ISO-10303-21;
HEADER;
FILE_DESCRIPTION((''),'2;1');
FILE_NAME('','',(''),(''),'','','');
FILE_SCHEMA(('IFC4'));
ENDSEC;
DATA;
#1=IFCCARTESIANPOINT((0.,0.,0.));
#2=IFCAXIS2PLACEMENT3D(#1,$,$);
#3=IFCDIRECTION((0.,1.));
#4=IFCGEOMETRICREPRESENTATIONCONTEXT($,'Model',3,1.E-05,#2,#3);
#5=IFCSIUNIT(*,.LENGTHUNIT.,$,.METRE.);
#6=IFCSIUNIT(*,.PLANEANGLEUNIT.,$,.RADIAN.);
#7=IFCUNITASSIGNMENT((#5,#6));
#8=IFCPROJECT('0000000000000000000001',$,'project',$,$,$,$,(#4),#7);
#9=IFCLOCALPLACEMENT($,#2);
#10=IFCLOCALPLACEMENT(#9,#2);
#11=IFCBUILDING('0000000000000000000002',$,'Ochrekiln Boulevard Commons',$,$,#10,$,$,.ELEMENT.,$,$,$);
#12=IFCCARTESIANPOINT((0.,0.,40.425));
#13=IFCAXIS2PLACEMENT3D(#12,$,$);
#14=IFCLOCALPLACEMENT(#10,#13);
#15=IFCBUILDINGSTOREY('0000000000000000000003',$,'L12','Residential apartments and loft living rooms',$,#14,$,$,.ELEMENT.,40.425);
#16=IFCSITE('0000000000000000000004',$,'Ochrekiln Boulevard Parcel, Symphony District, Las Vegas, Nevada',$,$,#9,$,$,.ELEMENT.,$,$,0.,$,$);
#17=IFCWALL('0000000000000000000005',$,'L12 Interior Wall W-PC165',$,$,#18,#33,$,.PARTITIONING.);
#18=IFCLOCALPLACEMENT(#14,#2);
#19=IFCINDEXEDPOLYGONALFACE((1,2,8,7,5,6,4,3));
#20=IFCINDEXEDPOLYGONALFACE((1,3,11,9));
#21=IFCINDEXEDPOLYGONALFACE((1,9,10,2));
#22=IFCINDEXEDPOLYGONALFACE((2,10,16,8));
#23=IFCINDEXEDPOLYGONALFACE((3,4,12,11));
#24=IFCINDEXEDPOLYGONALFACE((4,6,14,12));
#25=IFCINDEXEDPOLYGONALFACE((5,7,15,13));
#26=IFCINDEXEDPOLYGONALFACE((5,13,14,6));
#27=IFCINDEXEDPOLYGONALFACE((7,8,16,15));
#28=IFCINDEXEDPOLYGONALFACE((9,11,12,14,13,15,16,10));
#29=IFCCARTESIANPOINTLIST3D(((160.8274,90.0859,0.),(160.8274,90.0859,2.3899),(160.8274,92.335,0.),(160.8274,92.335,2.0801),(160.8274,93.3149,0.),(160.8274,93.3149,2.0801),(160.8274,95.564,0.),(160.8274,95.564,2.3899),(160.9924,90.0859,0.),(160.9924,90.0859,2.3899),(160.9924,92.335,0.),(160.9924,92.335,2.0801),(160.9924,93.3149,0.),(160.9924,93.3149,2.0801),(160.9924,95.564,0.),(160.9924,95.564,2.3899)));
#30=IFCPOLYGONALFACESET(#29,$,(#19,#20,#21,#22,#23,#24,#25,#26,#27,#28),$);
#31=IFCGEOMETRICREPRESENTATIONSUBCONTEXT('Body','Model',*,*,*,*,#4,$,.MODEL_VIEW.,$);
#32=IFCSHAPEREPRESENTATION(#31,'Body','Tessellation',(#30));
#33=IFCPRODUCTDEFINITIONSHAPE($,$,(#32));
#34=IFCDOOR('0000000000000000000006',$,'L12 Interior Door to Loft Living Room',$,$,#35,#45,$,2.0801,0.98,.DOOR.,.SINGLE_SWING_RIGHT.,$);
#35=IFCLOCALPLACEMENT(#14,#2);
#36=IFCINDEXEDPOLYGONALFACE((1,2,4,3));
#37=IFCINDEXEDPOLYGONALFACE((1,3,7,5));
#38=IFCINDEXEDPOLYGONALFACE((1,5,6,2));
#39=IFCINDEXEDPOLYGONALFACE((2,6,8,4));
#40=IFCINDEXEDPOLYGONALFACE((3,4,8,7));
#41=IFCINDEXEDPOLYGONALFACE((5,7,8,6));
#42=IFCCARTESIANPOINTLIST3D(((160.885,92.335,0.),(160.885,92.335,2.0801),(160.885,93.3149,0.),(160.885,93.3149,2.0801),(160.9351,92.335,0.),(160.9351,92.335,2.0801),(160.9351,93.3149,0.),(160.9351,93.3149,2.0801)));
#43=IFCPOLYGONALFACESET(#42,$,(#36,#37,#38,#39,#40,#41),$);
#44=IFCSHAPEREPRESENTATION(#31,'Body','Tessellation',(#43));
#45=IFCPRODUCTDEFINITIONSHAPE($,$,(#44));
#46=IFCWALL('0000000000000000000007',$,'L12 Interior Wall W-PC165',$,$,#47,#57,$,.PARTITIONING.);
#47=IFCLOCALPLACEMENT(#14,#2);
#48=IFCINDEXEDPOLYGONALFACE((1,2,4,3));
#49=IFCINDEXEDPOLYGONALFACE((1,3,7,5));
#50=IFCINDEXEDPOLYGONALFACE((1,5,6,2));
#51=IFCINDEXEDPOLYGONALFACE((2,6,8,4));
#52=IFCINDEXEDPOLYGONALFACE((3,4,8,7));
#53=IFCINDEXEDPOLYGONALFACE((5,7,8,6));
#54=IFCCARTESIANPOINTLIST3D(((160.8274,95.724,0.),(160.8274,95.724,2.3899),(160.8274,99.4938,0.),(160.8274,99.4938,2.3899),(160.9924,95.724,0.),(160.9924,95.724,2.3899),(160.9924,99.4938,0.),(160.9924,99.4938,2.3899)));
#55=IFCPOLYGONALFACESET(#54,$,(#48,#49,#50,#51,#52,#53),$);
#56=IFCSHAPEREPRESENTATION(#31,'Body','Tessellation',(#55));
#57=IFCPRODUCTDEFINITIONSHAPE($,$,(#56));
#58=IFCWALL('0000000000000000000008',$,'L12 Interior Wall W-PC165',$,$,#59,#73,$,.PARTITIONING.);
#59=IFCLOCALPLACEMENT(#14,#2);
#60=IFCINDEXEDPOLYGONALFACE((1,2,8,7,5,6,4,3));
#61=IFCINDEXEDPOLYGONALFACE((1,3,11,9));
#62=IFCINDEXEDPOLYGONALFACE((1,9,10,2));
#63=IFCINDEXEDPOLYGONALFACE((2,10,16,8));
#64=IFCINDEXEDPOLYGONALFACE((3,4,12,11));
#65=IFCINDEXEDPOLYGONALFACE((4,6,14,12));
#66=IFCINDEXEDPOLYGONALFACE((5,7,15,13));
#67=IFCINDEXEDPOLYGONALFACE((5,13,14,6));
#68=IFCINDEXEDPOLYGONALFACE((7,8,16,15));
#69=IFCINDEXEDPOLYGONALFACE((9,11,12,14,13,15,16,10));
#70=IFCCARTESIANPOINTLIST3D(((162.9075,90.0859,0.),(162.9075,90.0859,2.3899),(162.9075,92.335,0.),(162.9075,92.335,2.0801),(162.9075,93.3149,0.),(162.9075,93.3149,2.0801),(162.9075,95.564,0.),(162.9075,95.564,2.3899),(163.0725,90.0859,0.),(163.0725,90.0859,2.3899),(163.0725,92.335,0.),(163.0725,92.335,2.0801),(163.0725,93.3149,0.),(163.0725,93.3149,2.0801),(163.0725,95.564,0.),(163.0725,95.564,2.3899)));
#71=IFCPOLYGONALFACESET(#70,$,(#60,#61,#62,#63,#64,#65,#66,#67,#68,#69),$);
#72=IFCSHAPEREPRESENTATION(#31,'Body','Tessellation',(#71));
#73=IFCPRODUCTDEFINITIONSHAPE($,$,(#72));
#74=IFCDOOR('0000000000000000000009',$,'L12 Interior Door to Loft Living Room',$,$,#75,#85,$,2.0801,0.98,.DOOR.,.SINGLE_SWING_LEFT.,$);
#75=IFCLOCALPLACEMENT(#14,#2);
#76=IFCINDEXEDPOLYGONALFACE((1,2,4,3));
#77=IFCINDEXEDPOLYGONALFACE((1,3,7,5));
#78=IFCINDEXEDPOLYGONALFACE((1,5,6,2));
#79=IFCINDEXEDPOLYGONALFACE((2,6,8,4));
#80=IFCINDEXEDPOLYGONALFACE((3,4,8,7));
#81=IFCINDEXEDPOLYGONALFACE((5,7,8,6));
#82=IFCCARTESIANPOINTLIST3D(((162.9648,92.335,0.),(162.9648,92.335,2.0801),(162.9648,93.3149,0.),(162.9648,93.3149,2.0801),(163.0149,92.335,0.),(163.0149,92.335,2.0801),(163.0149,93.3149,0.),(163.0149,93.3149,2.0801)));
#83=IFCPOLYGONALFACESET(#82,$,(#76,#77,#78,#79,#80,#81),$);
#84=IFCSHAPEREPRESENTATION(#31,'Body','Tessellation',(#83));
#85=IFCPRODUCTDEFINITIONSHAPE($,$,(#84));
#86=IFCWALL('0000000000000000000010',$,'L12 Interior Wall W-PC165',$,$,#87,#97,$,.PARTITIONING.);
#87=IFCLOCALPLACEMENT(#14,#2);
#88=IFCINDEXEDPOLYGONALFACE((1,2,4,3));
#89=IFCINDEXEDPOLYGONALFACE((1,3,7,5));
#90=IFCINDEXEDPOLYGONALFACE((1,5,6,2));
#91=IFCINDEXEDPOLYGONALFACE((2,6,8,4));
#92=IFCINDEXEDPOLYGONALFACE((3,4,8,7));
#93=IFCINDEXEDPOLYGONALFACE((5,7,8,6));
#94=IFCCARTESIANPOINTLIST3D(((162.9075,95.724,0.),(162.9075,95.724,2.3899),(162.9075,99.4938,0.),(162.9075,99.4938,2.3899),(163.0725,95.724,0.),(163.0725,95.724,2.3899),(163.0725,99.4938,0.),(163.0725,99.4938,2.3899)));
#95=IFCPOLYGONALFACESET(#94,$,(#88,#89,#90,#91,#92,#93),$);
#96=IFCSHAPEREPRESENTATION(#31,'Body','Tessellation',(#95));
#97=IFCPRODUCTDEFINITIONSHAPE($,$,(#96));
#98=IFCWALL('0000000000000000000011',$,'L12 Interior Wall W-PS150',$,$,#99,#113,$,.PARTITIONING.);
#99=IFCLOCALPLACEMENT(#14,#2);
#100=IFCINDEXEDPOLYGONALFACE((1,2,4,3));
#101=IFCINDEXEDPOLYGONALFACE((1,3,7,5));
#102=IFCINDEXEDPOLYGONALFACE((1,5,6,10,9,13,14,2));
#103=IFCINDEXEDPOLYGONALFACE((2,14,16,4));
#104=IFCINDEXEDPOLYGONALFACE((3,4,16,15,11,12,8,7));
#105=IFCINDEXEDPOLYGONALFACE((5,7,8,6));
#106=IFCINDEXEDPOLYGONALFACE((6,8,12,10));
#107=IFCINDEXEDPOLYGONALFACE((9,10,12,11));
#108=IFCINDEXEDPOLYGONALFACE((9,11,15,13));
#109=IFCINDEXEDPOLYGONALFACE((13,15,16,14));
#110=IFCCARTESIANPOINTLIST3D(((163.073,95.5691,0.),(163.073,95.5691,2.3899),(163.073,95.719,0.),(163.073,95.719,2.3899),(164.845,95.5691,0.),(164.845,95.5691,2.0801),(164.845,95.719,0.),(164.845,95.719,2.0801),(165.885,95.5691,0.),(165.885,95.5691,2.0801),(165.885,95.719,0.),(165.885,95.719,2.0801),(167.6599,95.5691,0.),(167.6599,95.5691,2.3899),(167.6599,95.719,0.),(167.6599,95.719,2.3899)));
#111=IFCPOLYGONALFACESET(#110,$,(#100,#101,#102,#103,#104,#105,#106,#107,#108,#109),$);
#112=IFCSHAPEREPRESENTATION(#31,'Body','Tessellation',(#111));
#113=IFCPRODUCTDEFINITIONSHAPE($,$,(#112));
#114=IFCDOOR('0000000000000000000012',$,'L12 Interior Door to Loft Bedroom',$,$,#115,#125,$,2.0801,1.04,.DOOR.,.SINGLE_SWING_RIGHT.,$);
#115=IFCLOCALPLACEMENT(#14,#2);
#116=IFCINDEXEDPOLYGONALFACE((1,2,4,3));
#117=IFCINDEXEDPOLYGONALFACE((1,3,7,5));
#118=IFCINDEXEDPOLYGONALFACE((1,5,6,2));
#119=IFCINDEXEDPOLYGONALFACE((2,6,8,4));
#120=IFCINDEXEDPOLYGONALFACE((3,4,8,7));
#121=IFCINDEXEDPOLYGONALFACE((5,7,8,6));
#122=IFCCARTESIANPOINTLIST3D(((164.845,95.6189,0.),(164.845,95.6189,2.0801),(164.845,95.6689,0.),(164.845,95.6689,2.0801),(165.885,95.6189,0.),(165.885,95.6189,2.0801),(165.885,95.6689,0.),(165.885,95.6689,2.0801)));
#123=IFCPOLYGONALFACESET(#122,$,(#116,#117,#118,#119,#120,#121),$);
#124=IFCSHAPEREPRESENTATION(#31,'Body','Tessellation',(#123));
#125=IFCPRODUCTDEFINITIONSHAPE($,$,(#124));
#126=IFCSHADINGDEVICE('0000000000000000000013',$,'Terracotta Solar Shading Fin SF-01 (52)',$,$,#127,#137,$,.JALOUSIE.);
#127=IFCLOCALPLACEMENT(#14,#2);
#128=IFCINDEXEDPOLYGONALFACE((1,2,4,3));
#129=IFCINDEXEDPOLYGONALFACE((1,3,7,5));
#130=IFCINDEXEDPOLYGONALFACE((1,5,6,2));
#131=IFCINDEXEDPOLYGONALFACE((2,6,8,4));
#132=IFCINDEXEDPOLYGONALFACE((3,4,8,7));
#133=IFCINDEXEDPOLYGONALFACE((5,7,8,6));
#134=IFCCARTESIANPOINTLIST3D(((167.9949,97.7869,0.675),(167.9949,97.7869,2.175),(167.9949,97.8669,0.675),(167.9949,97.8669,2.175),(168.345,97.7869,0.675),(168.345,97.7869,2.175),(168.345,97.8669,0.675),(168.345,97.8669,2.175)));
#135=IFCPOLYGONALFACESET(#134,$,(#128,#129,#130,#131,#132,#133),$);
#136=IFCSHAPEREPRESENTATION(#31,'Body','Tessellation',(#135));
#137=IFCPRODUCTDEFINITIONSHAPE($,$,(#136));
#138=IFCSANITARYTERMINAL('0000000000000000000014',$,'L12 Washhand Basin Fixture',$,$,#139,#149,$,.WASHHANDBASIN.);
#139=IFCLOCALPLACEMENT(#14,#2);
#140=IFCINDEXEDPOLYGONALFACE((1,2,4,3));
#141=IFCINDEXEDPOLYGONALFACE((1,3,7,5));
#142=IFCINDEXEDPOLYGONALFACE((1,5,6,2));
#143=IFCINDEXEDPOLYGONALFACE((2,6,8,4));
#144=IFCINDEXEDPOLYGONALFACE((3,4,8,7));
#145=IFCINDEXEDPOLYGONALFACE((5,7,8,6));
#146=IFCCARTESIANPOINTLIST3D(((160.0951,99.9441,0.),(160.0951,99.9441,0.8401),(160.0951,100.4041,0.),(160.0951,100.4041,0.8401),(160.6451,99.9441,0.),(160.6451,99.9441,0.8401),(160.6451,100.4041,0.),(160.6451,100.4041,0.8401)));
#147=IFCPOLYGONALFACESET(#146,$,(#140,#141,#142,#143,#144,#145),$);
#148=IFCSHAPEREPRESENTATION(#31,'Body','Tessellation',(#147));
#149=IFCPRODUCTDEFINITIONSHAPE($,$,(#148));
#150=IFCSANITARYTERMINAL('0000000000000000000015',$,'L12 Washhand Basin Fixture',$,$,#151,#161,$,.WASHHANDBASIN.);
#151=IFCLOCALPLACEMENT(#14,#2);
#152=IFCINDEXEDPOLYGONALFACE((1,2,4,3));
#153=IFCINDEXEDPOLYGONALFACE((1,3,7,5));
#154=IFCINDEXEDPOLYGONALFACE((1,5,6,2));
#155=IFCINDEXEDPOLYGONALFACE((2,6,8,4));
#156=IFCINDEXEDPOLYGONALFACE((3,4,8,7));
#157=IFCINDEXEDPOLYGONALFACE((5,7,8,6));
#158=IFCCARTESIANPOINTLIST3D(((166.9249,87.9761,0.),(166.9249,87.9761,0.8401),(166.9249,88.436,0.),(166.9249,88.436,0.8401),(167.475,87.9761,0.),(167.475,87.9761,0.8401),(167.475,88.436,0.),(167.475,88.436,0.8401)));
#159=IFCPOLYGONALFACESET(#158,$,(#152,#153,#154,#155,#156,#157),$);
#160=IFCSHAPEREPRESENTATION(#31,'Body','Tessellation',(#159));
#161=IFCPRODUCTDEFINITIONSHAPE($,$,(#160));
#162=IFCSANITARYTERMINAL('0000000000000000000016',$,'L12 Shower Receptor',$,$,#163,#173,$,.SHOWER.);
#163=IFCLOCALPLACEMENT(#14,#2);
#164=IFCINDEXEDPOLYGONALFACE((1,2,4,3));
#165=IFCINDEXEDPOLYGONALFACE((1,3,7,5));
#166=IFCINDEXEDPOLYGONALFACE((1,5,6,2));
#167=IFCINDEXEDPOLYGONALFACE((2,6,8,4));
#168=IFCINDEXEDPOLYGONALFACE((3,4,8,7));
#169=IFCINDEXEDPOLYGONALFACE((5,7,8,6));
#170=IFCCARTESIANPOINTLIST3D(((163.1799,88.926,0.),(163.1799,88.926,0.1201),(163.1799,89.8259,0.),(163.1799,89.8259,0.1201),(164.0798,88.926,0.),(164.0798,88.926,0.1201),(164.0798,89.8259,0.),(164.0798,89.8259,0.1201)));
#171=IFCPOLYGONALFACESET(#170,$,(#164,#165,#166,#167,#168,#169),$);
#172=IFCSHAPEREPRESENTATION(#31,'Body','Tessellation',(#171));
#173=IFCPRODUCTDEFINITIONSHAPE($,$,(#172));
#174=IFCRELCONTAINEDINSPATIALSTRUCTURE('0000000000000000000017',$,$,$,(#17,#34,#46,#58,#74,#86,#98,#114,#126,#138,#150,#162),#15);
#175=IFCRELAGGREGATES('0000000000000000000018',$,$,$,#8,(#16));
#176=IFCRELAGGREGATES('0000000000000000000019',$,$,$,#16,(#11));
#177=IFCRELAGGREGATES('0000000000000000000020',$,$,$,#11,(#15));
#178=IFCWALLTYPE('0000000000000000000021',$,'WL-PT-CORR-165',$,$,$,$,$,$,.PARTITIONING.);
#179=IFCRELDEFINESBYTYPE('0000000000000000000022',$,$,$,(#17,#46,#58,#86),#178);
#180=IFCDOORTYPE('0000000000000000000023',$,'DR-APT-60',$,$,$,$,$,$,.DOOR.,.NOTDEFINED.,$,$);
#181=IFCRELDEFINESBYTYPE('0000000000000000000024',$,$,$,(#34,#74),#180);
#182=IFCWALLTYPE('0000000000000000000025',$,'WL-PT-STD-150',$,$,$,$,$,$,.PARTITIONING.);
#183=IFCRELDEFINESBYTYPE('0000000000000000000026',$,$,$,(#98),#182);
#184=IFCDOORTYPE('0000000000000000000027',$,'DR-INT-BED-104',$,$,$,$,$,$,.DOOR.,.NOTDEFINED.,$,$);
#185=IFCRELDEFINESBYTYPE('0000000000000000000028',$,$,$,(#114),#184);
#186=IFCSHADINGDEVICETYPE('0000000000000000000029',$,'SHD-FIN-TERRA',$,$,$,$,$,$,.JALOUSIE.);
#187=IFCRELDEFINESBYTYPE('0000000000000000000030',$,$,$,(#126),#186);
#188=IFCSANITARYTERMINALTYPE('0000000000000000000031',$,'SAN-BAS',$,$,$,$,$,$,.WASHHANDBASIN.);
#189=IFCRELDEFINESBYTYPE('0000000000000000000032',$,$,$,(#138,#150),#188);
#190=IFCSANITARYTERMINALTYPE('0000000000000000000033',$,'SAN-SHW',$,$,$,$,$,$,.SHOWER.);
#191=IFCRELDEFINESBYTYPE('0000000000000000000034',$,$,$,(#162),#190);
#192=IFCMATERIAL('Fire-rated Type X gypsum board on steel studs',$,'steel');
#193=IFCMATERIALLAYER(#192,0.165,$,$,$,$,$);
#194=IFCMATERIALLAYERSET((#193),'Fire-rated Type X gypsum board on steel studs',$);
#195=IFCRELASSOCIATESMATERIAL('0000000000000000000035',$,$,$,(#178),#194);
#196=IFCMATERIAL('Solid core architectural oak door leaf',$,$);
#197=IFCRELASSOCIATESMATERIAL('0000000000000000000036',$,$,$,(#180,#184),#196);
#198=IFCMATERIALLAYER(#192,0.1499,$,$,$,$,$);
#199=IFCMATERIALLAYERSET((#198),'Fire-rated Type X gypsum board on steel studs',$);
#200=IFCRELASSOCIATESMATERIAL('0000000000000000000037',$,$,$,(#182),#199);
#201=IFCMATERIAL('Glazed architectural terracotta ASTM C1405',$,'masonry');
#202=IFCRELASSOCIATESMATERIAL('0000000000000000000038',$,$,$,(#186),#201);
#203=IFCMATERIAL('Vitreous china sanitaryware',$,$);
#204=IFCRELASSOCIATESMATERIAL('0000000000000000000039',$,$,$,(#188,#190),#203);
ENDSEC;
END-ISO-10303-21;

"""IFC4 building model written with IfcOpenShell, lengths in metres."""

from ifc_helpers import new_model, si_unit, direction, frame, frame_2d, origin, origin_2d, place, context, subcontext, project, spatial, rectangle, extrude, material, layer, layer_set, type_object, element, fill, save


model = new_model("IFC4")

# Units and contexts
model_context = context("Model", 3, precision=1e-05, world=origin(), true_north=direction((0.0, 1.0)))
body_context = subcontext(model_context, "Body", "Model", "MODEL_VIEW")
ifc_project = project(units=[si_unit("LENGTHUNIT", "METRE"), si_unit("PLANEANGLEUNIT", "RADIAN")], contexts=[model_context])

# Site, building, storey
site_placement = place(None, origin())
site = spatial("IfcSite", under=ifc_project, at=site_placement, Name="Ochrekiln Boulevard Parcel, Symphony District, Las Vegas, Nevada", CompositionType="ELEMENT", RefElevation=0.0)
building_placement = place(site_placement, origin())
building = spatial("IfcBuilding", under=site, at=building_placement, Name="Ochrekiln Boulevard Commons", CompositionType="ELEMENT")
storey_placement = place(building_placement, frame((0.0, 0.0, 40.425)))
storey = spatial("IfcBuildingStorey", under=building, at=storey_placement, Name="L12", Description="Residential apartments and loft living rooms", CompositionType="ELEMENT", Elevation=40.425)

# Shared definitions
ifc_material_1 = material(Name="Solid core architectural oak door leaf")

# Wall, opening, door
ifc_material_2 = material(Name="Fire-rated Type X gypsum board on steel studs", Category="steel")
ifc_layer_1 = layer(ifc_material_2, 0.165)
ifc_layer_set_1 = layer_set([ifc_layer_1], Name="Fire-rated Type X gypsum board on steel studs")
wall_type_1 = type_object("IfcWallType", Name="WL-PT-CORR-165", PredefinedType="PARTITIONING", material=ifc_layer_set_1)
wall_1_placement = place(storey_placement, frame((160.9099, 90.0859, 0.0), z_axis=(0.0, 0.0, 1.0), x_axis=(0.0, 1.0, 0.0)))
wall_1 = element("IfcWall", 1, at=wall_1_placement, inside=storey, type_object=wall_type_1, Name="L12 Interior Wall W-PC165", PredefinedType="PARTITIONING", context=body_context, shape_type="SweptSolid", body=[
    extrude(rectangle(XDim=5.478, YDim=0.165, at=frame_2d((2.739, 0.0))), origin(), (0.0, 0.0, 1.0), 2.3899),
])
opening_1_placement = place(wall_1_placement, frame((2.249, 0.0, 0.0)))
opening_1 = element("IfcOpeningElement", 2, at=opening_1_placement, cuts=wall_1, PredefinedType="OPENING", context=body_context, shape_type="SweptSolid", body=[
    extrude(rectangle(XDim=0.98, YDim=2.0801, at=frame_2d((0.49, 1.04))), frame((0.0, 0.0925, 0.0), z_axis=(0.0, -1.0, 0.0), x_axis=(1.0, 0.0, 0.0)), (0.0, 0.0, 1.0), 0.1851),
])
door_type_1 = type_object("IfcDoorType", Name="DR-APT-60", OperationType="NOTDEFINED", PredefinedType="DOOR", material=ifc_material_1)
door_1_placement = place(opening_1_placement, origin())
door_1 = element("IfcDoor", 3, at=door_1_placement, inside=storey, type_object=door_type_1, Name="L12 Interior Door to Loft Living Room", OperationType="SINGLE_SWING_RIGHT", OverallHeight=2.0801, OverallWidth=0.98, PredefinedType="DOOR", context=body_context, shape_type="SweptSolid", body=[
    extrude(rectangle(XDim=0.98, YDim=2.0801, at=frame_2d((0.49, 1.04))), frame((0.0, 0.0249, 0.0), z_axis=(0.0, -1.0, 0.0), x_axis=(1.0, 0.0, 0.0)), (0.0, 0.0, 1.0), 0.05),
])
fill(opening_1, door_1)

# Wall
wall_2_placement = place(storey_placement, frame((160.9099, 95.7241, 0.0), z_axis=(0.0, 0.0, 1.0), x_axis=(0.0, 1.0, 0.0)))
element("IfcWall", 4, at=wall_2_placement, inside=storey, type_object=wall_type_1, Name="L12 Interior Wall W-PC165", PredefinedType="PARTITIONING", context=body_context, shape_type="SweptSolid", body=[
    extrude(rectangle(XDim=3.7698, YDim=0.165, at=frame_2d((1.8848, 0.0))), origin(), (0.0, 0.0, 1.0), 2.3899),
])

# Wall, opening, door
wall_3_placement = place(storey_placement, frame((162.99, 90.0859, 0.0), z_axis=(0.0, 0.0, 1.0), x_axis=(0.0, 1.0, 0.0)))
wall_3 = element("IfcWall", 5, at=wall_3_placement, inside=storey, type_object=wall_type_1, Name="L12 Interior Wall W-PC165", PredefinedType="PARTITIONING", context=body_context, shape_type="SweptSolid", body=[
    extrude(rectangle(XDim=5.478, YDim=0.165, at=frame_2d((2.739, 0.0))), origin(), (0.0, 0.0, 1.0), 2.3899),
])
opening_2_placement = place(wall_3_placement, frame((2.249, 0.0, 0.0)))
opening_2 = element("IfcOpeningElement", 6, at=opening_2_placement, cuts=wall_3, PredefinedType="OPENING", context=body_context, shape_type="SweptSolid", body=[
    extrude(rectangle(XDim=0.98, YDim=2.0801, at=frame_2d((0.49, 1.04))), frame((0.0, 0.0925, 0.0), z_axis=(0.0, -1.0, 0.0), x_axis=(1.0, 0.0, 0.0)), (0.0, 0.0, 1.0), 0.1851),
])
door_2_placement = place(opening_2_placement, frame((0.98, 0.0, 0.0), z_axis=(0.0, 0.0, 1.0), x_axis=(-1.0, 0.0, 0.0)))
door_2 = element("IfcDoor", 7, at=door_2_placement, inside=storey, type_object=door_type_1, Name="L12 Interior Door to Loft Living Room", OperationType="SINGLE_SWING_LEFT", OverallHeight=2.0801, OverallWidth=0.98, PredefinedType="DOOR", context=body_context, shape_type="SweptSolid", body=[
    extrude(rectangle(XDim=0.98, YDim=2.0801, at=frame_2d((0.49, 1.04))), frame((0.0, 0.0249, 0.0), z_axis=(0.0, -1.0, 0.0), x_axis=(1.0, 0.0, 0.0)), (0.0, 0.0, 1.0), 0.05),
])
fill(opening_2, door_2)

# Wall
wall_4_placement = place(storey_placement, frame((162.99, 95.7241, 0.0), z_axis=(0.0, 0.0, 1.0), x_axis=(0.0, 1.0, 0.0)))
element("IfcWall", 8, at=wall_4_placement, inside=storey, type_object=wall_type_1, Name="L12 Interior Wall W-PC165", PredefinedType="PARTITIONING", context=body_context, shape_type="SweptSolid", body=[
    extrude(rectangle(XDim=3.7698, YDim=0.165, at=frame_2d((1.8848, 0.0))), origin(), (0.0, 0.0, 1.0), 2.3899),
])

# Wall, opening, door
ifc_layer_2 = layer(ifc_material_2, 0.1499)
ifc_layer_set_2 = layer_set([ifc_layer_2], Name="Fire-rated Type X gypsum board on steel studs")
wall_type_2 = type_object("IfcWallType", Name="WL-PT-STD-150", PredefinedType="PARTITIONING", material=ifc_layer_set_2)
wall_5_placement = place(storey_placement, frame((163.073, 95.644, 0.0), z_axis=(0.0, 0.0, 1.0), x_axis=(1.0, 0.0, 0.0)))
wall_5 = element("IfcWall", 9, at=wall_5_placement, inside=storey, type_object=wall_type_2, Name="L12 Interior Wall W-PS150", PredefinedType="PARTITIONING", context=body_context, shape_type="SweptSolid", body=[
    extrude(rectangle(XDim=4.5869, YDim=0.1499, at=frame_2d((2.2935, 0.0))), origin(), (0.0, 0.0, 1.0), 2.3899),
])
opening_3_placement = place(wall_5_placement, frame((1.772, 0.0, 0.0)))
opening_3 = element("IfcOpeningElement", 10, at=opening_3_placement, cuts=wall_5, PredefinedType="OPENING", context=body_context, shape_type="SweptSolid", body=[
    extrude(rectangle(XDim=1.04, YDim=2.0801, at=frame_2d((0.52, 1.04))), frame((0.0, 0.085, 0.0), z_axis=(0.0, -1.0, 0.0), x_axis=(1.0, 0.0, 0.0)), (0.0, 0.0, 1.0), 0.1699),
])
door_type_2 = type_object("IfcDoorType", Name="DR-INT-BED-104", OperationType="NOTDEFINED", PredefinedType="DOOR", material=ifc_material_1)
door_3_placement = place(opening_3_placement, origin())
door_3 = element("IfcDoor", 11, at=door_3_placement, inside=storey, type_object=door_type_2, Name="L12 Interior Door to Loft Bedroom", OperationType="SINGLE_SWING_RIGHT", OverallHeight=2.0801, OverallWidth=1.04, PredefinedType="DOOR", context=body_context, shape_type="SweptSolid", body=[
    extrude(rectangle(XDim=1.04, YDim=2.0801, at=frame_2d((0.52, 1.04))), frame((0.0, 0.0249, 0.0), z_axis=(0.0, -1.0, 0.0), x_axis=(1.0, 0.0, 0.0)), (0.0, 0.0, 1.0), 0.05),
])
fill(opening_3, door_3)

# Shading device
ifc_material_3 = material(Name="Glazed architectural terracotta ASTM C1405", Category="masonry")
shading_device_type = type_object("IfcShadingDeviceType", Name="SHD-FIN-TERRA", PredefinedType="JALOUSIE", material=ifc_material_3)
shading_device_placement = place(storey_placement, frame((168.1699, 97.8269, 0.675), z_axis=(0.0, 0.0, 1.0), x_axis=(1.0, 0.0, 0.0)))
element("IfcShadingDevice", 12, at=shading_device_placement, inside=storey, type_object=shading_device_type, Name="Terracotta Solar Shading Fin SF-01 (52)", PredefinedType="JALOUSIE", context=body_context, shape_type="SweptSolid", body=[
    extrude(rectangle(XDim=0.3501, YDim=0.0801, at=origin_2d()), origin(), (0.0, 0.0, 1.0), 1.5),
])

# Sanitary terminals
ifc_material_4 = material(Name="Vitreous china sanitaryware")
sanitary_terminal_type_1 = type_object("IfcSanitaryTerminalType", Name="SAN-BAS", PredefinedType="WASHHANDBASIN", material=ifc_material_4)
for number, where, z_axis, x_axis, name in (
    (13, (160.3701, 100.1741, 0.0), (0.0, 0.0, 1.0), (1.0, 0.0, 0.0), "L12 Washhand Basin Fixture"),
    (14, (167.2, 88.2061, 0.0), (0.0, 0.0, 1.0), (1.0, 0.0, 0.0), "L12 Washhand Basin Fixture"),
):
    element("IfcSanitaryTerminal", number, at=place(storey_placement, frame(where, z_axis=z_axis, x_axis=x_axis)), inside=storey, type_object=sanitary_terminal_type_1, Name=name, PredefinedType="WASHHANDBASIN", context=body_context, shape_type="SweptSolid", body=[
        extrude(rectangle(XDim=0.55, YDim=0.46, at=origin_2d()), origin(), (0.0, 0.0, 1.0), 0.8401),
    ])
sanitary_terminal_type_2 = type_object("IfcSanitaryTerminalType", Name="SAN-SHW", PredefinedType="SHOWER", material=ifc_material_4)
sanitary_terminal_1_placement = place(storey_placement, frame((163.6299, 89.376, 0.0), z_axis=(0.0, 0.0, 1.0), x_axis=(1.0, 0.0, 0.0)))
element("IfcSanitaryTerminal", 15, at=sanitary_terminal_1_placement, inside=storey, type_object=sanitary_terminal_type_2, Name="L12 Shower Receptor", PredefinedType="SHOWER", context=body_context, shape_type="SweptSolid", body=[
    extrude(rectangle(XDim=0.8999, YDim=0.8999, at=origin_2d()), origin(), (0.0, 0.0, 1.0), 0.1201),
])

save(model, "model.ifc")
